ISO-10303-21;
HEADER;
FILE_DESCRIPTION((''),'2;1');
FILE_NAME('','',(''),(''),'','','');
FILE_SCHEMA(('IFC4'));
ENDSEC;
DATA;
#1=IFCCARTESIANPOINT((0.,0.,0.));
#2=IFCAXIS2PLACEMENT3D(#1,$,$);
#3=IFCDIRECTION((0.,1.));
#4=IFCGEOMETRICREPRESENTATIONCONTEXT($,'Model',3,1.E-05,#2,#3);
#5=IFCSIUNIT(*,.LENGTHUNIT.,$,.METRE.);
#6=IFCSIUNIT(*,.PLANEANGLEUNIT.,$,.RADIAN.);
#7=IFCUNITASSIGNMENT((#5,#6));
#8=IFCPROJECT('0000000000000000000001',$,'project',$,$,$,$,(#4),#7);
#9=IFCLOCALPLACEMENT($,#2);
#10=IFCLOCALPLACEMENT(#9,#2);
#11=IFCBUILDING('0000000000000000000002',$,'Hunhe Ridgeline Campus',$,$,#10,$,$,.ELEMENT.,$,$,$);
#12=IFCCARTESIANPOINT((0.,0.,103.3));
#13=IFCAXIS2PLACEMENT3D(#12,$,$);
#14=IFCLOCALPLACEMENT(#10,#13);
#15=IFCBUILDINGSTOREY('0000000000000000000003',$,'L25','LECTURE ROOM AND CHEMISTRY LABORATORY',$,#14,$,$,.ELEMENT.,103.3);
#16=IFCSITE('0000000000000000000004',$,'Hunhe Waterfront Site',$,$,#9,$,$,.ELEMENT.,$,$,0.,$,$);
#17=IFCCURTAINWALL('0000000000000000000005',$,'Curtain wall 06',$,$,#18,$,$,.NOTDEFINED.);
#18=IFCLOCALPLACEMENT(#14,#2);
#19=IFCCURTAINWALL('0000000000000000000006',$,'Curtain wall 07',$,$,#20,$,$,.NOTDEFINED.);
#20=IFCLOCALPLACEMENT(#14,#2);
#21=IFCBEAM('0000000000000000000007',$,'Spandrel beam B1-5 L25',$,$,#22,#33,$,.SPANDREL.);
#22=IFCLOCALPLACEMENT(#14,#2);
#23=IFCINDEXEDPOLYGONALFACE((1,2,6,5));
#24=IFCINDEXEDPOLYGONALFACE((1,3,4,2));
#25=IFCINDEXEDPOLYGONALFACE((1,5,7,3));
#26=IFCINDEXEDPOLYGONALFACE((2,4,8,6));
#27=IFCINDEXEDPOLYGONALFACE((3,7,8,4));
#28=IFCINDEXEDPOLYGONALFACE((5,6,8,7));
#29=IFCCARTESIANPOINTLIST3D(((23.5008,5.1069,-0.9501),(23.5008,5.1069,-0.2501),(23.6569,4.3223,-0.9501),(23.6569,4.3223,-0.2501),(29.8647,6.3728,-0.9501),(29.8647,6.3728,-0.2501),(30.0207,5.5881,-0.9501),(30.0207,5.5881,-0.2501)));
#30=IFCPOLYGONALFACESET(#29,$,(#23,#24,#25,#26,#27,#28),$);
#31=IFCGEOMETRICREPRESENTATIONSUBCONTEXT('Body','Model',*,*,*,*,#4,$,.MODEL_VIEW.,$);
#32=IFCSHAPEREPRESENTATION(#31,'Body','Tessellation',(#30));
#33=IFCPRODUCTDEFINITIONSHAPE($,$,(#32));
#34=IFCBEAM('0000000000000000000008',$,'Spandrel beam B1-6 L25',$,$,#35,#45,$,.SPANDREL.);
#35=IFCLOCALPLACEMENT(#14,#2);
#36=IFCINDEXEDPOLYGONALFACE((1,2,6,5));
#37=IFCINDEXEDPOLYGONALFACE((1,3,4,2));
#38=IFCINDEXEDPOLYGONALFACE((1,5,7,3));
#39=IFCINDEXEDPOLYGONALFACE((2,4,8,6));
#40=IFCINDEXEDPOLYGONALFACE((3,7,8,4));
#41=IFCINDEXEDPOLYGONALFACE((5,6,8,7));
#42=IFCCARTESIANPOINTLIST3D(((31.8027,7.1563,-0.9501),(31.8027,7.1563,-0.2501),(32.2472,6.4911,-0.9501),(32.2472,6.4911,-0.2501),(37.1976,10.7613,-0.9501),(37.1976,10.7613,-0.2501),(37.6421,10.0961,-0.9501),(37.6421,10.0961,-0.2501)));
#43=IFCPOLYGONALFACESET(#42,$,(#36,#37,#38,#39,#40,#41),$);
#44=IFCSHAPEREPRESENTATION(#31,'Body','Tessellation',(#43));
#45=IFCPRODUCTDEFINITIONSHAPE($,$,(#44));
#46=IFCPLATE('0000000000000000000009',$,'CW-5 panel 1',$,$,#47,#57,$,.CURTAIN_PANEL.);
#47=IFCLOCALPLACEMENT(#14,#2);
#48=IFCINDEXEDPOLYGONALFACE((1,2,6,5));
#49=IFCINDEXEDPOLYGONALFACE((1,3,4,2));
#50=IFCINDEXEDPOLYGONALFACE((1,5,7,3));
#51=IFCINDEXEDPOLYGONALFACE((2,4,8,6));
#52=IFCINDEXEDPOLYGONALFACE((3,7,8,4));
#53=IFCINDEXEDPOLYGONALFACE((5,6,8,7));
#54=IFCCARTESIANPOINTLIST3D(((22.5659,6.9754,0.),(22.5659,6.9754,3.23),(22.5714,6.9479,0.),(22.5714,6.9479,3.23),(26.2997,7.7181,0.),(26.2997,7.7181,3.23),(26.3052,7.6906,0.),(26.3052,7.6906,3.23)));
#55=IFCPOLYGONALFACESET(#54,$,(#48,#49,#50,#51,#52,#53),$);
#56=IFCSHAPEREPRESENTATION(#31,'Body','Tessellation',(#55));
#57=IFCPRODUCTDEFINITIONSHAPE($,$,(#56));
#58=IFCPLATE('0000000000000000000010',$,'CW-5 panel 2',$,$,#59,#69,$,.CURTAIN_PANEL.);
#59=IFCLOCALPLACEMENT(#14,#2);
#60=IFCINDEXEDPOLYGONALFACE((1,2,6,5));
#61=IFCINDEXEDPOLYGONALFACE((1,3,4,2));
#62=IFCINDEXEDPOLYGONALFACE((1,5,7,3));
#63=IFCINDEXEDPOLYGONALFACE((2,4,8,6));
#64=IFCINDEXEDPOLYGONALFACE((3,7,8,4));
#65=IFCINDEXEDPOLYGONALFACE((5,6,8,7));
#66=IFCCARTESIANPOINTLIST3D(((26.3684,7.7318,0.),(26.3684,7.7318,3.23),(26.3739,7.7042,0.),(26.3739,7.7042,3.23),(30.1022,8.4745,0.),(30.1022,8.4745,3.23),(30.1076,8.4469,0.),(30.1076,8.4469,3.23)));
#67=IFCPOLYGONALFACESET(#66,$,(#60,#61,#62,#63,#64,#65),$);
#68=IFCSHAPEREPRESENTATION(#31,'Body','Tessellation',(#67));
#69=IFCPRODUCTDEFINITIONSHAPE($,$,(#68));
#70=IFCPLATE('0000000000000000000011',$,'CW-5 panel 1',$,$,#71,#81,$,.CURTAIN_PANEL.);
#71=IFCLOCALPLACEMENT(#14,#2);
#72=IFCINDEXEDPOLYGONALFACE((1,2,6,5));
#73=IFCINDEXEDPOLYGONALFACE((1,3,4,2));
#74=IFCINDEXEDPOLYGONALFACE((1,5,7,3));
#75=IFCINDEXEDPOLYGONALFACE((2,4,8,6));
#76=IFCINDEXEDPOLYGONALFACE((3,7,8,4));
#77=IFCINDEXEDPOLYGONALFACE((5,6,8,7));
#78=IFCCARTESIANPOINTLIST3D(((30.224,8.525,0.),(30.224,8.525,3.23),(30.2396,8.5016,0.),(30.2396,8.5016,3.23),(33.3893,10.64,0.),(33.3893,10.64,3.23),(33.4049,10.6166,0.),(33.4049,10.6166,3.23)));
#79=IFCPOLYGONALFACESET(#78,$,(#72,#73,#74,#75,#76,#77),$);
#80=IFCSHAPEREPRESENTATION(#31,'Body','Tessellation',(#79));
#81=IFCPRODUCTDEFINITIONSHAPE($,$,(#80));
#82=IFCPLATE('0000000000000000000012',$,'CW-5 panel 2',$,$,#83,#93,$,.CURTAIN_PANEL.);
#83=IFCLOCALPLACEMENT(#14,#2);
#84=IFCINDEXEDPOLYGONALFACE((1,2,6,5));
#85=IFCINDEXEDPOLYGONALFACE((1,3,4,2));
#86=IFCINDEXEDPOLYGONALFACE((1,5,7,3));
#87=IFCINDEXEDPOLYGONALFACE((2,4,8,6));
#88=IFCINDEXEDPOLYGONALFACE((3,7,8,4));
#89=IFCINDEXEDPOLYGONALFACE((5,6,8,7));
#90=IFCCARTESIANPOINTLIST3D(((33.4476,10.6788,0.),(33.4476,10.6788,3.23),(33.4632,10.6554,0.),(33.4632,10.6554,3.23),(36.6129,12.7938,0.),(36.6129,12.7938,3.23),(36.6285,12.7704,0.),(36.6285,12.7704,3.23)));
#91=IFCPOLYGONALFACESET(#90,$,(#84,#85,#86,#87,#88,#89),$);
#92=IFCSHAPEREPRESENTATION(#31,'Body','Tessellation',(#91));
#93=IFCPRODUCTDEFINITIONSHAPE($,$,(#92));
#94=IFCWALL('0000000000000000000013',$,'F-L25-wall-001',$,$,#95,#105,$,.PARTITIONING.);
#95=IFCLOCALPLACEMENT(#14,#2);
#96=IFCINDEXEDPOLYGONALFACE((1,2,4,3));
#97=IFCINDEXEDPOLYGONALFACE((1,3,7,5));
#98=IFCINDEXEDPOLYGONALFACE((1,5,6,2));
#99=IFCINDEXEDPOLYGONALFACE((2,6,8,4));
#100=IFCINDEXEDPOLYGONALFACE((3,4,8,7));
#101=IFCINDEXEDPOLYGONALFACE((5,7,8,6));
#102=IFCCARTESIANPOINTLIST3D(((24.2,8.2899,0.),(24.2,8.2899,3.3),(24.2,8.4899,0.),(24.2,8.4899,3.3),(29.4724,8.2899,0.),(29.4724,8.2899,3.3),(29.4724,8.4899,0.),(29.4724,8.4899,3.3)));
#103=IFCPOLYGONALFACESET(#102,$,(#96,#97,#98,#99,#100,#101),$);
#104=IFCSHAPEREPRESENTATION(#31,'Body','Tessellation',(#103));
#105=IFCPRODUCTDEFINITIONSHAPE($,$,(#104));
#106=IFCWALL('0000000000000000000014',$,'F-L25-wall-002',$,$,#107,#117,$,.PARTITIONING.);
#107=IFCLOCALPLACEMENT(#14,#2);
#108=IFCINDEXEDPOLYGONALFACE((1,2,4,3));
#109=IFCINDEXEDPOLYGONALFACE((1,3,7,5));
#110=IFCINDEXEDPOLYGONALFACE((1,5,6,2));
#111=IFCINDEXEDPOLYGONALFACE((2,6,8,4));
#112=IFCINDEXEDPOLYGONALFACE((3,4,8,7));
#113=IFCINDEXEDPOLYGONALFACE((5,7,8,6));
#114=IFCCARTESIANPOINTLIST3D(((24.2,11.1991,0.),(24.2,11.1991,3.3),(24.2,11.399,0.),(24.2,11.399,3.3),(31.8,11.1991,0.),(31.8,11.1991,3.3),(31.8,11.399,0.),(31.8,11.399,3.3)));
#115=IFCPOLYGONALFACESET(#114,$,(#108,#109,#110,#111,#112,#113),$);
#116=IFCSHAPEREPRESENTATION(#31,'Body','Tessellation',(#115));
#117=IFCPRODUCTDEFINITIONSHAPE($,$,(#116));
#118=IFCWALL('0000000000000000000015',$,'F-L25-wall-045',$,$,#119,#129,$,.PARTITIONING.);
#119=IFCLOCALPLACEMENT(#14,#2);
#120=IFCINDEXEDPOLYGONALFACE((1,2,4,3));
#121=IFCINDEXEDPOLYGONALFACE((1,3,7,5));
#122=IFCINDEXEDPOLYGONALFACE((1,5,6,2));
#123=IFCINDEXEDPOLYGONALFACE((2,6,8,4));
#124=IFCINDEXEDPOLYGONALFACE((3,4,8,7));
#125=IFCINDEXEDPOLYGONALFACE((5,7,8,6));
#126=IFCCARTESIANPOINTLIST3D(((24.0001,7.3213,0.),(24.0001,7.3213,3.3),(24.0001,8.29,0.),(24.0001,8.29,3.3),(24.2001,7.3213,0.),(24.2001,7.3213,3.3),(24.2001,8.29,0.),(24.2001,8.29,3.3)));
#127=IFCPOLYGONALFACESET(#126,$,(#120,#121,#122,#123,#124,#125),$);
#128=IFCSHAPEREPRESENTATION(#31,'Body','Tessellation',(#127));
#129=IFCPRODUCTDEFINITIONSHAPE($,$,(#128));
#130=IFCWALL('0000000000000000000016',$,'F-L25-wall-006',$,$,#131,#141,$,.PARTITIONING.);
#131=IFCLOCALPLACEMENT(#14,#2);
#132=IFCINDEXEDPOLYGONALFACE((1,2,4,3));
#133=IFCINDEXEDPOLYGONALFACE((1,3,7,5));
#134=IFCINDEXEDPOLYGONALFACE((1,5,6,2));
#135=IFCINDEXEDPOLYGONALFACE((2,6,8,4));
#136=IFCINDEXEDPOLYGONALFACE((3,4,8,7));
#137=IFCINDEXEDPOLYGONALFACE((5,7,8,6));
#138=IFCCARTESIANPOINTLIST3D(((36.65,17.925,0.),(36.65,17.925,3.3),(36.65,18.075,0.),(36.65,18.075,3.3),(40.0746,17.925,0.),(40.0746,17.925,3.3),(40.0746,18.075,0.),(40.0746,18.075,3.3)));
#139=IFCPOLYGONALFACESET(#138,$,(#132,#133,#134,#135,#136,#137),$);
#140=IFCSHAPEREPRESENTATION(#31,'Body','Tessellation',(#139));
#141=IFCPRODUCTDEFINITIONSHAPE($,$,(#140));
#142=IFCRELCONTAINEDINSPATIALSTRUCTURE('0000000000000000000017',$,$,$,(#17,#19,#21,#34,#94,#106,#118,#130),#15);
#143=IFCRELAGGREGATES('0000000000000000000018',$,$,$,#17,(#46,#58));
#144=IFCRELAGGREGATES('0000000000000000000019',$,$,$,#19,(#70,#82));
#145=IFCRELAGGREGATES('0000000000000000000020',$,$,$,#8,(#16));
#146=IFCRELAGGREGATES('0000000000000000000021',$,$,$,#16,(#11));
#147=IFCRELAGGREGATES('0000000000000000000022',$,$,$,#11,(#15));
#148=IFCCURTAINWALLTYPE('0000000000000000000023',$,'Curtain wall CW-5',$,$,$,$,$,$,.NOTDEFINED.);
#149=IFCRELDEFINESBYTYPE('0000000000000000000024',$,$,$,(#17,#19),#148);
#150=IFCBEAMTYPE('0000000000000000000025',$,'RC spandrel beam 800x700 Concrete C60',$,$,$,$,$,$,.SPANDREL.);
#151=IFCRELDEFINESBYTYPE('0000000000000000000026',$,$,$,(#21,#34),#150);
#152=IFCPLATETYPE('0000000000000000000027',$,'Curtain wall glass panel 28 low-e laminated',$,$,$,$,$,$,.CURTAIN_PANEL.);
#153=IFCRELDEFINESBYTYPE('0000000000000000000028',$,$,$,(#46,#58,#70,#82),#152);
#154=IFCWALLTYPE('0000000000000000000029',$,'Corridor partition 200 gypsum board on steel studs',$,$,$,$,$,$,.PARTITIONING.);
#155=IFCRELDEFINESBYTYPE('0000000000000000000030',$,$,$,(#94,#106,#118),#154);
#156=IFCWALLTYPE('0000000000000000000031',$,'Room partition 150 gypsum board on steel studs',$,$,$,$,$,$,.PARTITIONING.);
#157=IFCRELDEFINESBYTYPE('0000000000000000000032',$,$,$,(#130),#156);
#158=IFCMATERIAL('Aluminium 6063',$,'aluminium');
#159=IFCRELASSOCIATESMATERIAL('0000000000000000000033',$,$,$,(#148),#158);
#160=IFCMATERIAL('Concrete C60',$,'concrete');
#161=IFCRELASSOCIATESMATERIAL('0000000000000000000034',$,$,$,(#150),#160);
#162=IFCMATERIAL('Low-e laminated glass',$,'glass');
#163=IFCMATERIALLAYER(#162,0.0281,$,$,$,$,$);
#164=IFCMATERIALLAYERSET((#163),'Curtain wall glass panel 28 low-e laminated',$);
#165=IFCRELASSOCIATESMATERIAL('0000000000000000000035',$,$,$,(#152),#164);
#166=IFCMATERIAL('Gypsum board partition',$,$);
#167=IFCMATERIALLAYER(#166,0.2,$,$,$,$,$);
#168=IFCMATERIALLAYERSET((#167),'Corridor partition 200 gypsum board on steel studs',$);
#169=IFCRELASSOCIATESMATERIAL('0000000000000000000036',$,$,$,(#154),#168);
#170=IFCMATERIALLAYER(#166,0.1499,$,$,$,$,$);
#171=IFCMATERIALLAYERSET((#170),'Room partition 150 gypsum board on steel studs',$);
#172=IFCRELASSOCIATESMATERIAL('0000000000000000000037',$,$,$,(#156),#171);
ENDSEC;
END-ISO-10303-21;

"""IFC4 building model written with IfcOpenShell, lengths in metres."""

from ifc_helpers import new_model, si_unit, direction, frame, frame_2d, origin, origin_2d, place, context, subcontext, project, spatial, rectangle, extrude, material, layer, layer_set, material_profile, profile_set, type_object, element, aggregate, save


model = new_model("IFC4")

# Units and contexts
model_context = context("Model", 3, precision=1e-05, world=origin(), true_north=direction((0.0, 1.0)))
body_context = subcontext(model_context, "Body", "Model", "MODEL_VIEW")
ifc_project = project(units=[si_unit("LENGTHUNIT", "METRE"), si_unit("PLANEANGLEUNIT", "RADIAN")], contexts=[model_context])

# Site, building, storey
site_placement = place(None, origin())
site = spatial("IfcSite", under=ifc_project, at=site_placement, Name="Hunhe Waterfront Site", CompositionType="ELEMENT", RefElevation=0.0)
building_placement = place(site_placement, origin())
building = spatial("IfcBuilding", under=site, at=building_placement, Name="Hunhe Ridgeline Campus", CompositionType="ELEMENT")
storey_placement = place(building_placement, frame((0.0, 0.0, 103.3)))
storey = spatial("IfcBuildingStorey", under=building, at=storey_placement, Name="L25", Description="LECTURE ROOM AND CHEMISTRY LABORATORY", CompositionType="ELEMENT", Elevation=103.3)

# Shared definitions
ifc_material_1 = material(Name="Aluminium 6063", Category="aluminium")
curtain_wall_type = type_object("IfcCurtainWallType", Name="Curtain wall CW-5", PredefinedType="NOTDEFINED", material=ifc_material_1)

# Curtain walls
curtain_wall_1_placement = place(storey_placement, origin())
curtain_wall_1 = element("IfcCurtainWall", 1, at=curtain_wall_1_placement, inside=storey, type_object=curtain_wall_type, Name="Curtain wall 06", PredefinedType="NOTDEFINED")
curtain_wall_2_placement = place(storey_placement, origin())
curtain_wall_2 = element("IfcCurtainWall", 2, at=curtain_wall_2_placement, inside=storey, type_object=curtain_wall_type, Name="Curtain wall 07", PredefinedType="NOTDEFINED")

# Beams
ifc_material_2 = material(Name="Concrete C60", Category="concrete")
ifc_material_profile_1 = material_profile(ifc_material_2, rectangle(XDim=0.8, YDim=0.7, at=origin_2d()))
ifc_profile_set_1 = profile_set([ifc_material_profile_1], Name="Concrete C60")
beam_type = type_object("IfcBeamType", Name="RC spandrel beam 800x700 Concrete C60", PredefinedType="SPANDREL", material=ifc_profile_set_1)
for number, where, z_axis, x_axis, name in (
    (3, (23.5789, 4.7146, -0.6001), (0.980784, 0.195096, 0.0), (-0.195096, 0.980784, 0.0), "Spandrel beam B1-5 L25"),
    (4, (32.0249, 6.8237, -0.6001), (0.831459, 0.555586, 0.0), (-0.555586, 0.831459, 0.0), "Spandrel beam B1-6 L25"),
):
    element("IfcBeam", number, at=place(storey_placement, frame(where, z_axis=z_axis, x_axis=x_axis)), inside=storey, type_object=beam_type, Name=name, PredefinedType="SPANDREL", context=body_context, shape_type="SweptSolid", body=[
        extrude(rectangle(XDim=0.8, YDim=0.7, at=origin_2d()), origin(), (0.0, 0.0, 1.0), 6.4885),
    ])

# Plates
ifc_material_3 = material(Name="Low-e laminated glass", Category="glass")
ifc_layer_1 = layer(ifc_material_3, 0.0281)
ifc_layer_set_1 = layer_set([ifc_layer_1], Name="Curtain wall glass panel 28 low-e laminated")
plate_type = type_object("IfcPlateType", Name="Curtain wall glass panel 28 low-e laminated", PredefinedType="CURTAIN_PANEL", material=ifc_layer_set_1)
plate_1_placement = place(storey_placement, frame((24.4355, 7.333, 0.0), z_axis=(0.0, 0.0, 1.0), x_axis=(0.980785, 0.19509, 0.0)))
plate_1 = element("IfcPlate", 5, at=plate_1_placement, type_object=plate_type, Name="CW-5 panel 1", PredefinedType="CURTAIN_PANEL", context=body_context, shape_type="SweptSolid", body=[
    extrude(rectangle(XDim=3.8069, YDim=0.0281, at=origin_2d()), origin(), (0.0, 0.0, 1.0), 3.23),
])
plate_2_placement = place(storey_placement, frame((28.238, 8.0894, 0.0), z_axis=(0.0, 0.0, 1.0), x_axis=(0.980785, 0.19509, 0.0)))
plate_2 = element("IfcPlate", 6, at=plate_2_placement, type_object=plate_type, Name="CW-5 panel 2", PredefinedType="CURTAIN_PANEL", context=body_context, shape_type="SweptSolid", body=[
    extrude(rectangle(XDim=3.8069, YDim=0.0281, at=origin_2d()), origin(), (0.0, 0.0, 1.0), 3.23),
])
aggregate(curtain_wall_1, [plate_1, plate_2])
plate_3_placement = place(storey_placement, frame((31.8145, 9.5708, 0.0), z_axis=(0.0, 0.0, 1.0), x_axis=(0.83147, 0.55557, 0.0)))
plate_3 = element("IfcPlate", 7, at=plate_3_placement, type_object=plate_type, Name="CW-5 panel 1", PredefinedType="CURTAIN_PANEL", context=body_context, shape_type="SweptSolid", body=[
    extrude(rectangle(XDim=3.8069, YDim=0.0281, at=origin_2d()), origin(), (0.0, 0.0, 1.0), 3.23),
])
plate_4_placement = place(storey_placement, frame((35.0381, 11.7246, 0.0), z_axis=(0.0, 0.0, 1.0), x_axis=(0.83147, 0.55557, 0.0)))
plate_4 = element("IfcPlate", 8, at=plate_4_placement, type_object=plate_type, Name="CW-5 panel 2", PredefinedType="CURTAIN_PANEL", context=body_context, shape_type="SweptSolid", body=[
    extrude(rectangle(XDim=3.8069, YDim=0.0281, at=origin_2d()), origin(), (0.0, 0.0, 1.0), 3.23),
])
aggregate(curtain_wall_2, [plate_3, plate_4])

# Walls
ifc_material_4 = material(Name="Gypsum board partition")
ifc_layer_2 = layer(ifc_material_4, 0.2)
ifc_layer_set_2 = layer_set([ifc_layer_2], Name="Corridor partition 200 gypsum board on steel studs")
wall_type_1 = type_object("IfcWallType", Name="Corridor partition 200 gypsum board on steel studs", PredefinedType="PARTITIONING", material=ifc_layer_set_2)
wall_1_placement = place(storey_placement, frame((29.4724, 8.3899, 0.0), z_axis=(0.0, 0.0, 1.0), x_axis=(-1.0, 0.0, 0.0)))
element("IfcWall", 9, at=wall_1_placement, inside=storey, type_object=wall_type_1, Name="F-L25-wall-001", PredefinedType="PARTITIONING", context=body_context, shape_type="SweptSolid", body=[
    extrude(rectangle(XDim=5.2725, YDim=0.2, at=frame_2d((2.6362, 0.0))), origin(), (0.0, 0.0, 1.0), 3.3),
])
wall_2_placement = place(storey_placement, frame((24.2, 11.2991, 0.0), z_axis=(0.0, 0.0, 1.0), x_axis=(1.0, 0.0, 0.0)))
element("IfcWall", 10, at=wall_2_placement, inside=storey, type_object=wall_type_1, Name="F-L25-wall-002", PredefinedType="PARTITIONING", context=body_context, shape_type="SweptSolid", body=[
    extrude(rectangle(XDim=7.6001, YDim=0.2, at=frame_2d((3.8, 0.0))), origin(), (0.0, 0.0, 1.0), 3.3),
])
wall_3_placement = place(storey_placement, frame((24.1001, 8.29, 0.0), z_axis=(0.0, 0.0, 1.0), x_axis=(0.0, -1.0, 0.0)))
element("IfcWall", 11, at=wall_3_placement, inside=storey, type_object=wall_type_1, Name="F-L25-wall-045", PredefinedType="PARTITIONING", context=body_context, shape_type="SweptSolid", body=[
    extrude(rectangle(XDim=0.9688, YDim=0.2, at=frame_2d((0.4844, 0.0))), origin(), (0.0, 0.0, 1.0), 3.3),
])

# Wall
ifc_layer_3 = layer(ifc_material_4, 0.1499)
ifc_layer_set_3 = layer_set([ifc_layer_3], Name="Room partition 150 gypsum board on steel studs")
wall_type_2 = type_object("IfcWallType", Name="Room partition 150 gypsum board on steel studs", PredefinedType="PARTITIONING", material=ifc_layer_set_3)
wall_4_placement = place(storey_placement, frame((36.6499, 18.0, 0.0), z_axis=(0.0, 0.0, 1.0), x_axis=(1.0, 0.0, 0.0)))
element("IfcWall", 12, at=wall_4_placement, inside=storey, type_object=wall_type_2, Name="F-L25-wall-006", PredefinedType="PARTITIONING", context=body_context, shape_type="SweptSolid", body=[
    extrude(rectangle(XDim=3.4246, YDim=0.1499, at=frame_2d((1.7124, 0.0))), origin(), (0.0, 0.0, 1.0), 3.3),
])

save(model, "model.ifc")
